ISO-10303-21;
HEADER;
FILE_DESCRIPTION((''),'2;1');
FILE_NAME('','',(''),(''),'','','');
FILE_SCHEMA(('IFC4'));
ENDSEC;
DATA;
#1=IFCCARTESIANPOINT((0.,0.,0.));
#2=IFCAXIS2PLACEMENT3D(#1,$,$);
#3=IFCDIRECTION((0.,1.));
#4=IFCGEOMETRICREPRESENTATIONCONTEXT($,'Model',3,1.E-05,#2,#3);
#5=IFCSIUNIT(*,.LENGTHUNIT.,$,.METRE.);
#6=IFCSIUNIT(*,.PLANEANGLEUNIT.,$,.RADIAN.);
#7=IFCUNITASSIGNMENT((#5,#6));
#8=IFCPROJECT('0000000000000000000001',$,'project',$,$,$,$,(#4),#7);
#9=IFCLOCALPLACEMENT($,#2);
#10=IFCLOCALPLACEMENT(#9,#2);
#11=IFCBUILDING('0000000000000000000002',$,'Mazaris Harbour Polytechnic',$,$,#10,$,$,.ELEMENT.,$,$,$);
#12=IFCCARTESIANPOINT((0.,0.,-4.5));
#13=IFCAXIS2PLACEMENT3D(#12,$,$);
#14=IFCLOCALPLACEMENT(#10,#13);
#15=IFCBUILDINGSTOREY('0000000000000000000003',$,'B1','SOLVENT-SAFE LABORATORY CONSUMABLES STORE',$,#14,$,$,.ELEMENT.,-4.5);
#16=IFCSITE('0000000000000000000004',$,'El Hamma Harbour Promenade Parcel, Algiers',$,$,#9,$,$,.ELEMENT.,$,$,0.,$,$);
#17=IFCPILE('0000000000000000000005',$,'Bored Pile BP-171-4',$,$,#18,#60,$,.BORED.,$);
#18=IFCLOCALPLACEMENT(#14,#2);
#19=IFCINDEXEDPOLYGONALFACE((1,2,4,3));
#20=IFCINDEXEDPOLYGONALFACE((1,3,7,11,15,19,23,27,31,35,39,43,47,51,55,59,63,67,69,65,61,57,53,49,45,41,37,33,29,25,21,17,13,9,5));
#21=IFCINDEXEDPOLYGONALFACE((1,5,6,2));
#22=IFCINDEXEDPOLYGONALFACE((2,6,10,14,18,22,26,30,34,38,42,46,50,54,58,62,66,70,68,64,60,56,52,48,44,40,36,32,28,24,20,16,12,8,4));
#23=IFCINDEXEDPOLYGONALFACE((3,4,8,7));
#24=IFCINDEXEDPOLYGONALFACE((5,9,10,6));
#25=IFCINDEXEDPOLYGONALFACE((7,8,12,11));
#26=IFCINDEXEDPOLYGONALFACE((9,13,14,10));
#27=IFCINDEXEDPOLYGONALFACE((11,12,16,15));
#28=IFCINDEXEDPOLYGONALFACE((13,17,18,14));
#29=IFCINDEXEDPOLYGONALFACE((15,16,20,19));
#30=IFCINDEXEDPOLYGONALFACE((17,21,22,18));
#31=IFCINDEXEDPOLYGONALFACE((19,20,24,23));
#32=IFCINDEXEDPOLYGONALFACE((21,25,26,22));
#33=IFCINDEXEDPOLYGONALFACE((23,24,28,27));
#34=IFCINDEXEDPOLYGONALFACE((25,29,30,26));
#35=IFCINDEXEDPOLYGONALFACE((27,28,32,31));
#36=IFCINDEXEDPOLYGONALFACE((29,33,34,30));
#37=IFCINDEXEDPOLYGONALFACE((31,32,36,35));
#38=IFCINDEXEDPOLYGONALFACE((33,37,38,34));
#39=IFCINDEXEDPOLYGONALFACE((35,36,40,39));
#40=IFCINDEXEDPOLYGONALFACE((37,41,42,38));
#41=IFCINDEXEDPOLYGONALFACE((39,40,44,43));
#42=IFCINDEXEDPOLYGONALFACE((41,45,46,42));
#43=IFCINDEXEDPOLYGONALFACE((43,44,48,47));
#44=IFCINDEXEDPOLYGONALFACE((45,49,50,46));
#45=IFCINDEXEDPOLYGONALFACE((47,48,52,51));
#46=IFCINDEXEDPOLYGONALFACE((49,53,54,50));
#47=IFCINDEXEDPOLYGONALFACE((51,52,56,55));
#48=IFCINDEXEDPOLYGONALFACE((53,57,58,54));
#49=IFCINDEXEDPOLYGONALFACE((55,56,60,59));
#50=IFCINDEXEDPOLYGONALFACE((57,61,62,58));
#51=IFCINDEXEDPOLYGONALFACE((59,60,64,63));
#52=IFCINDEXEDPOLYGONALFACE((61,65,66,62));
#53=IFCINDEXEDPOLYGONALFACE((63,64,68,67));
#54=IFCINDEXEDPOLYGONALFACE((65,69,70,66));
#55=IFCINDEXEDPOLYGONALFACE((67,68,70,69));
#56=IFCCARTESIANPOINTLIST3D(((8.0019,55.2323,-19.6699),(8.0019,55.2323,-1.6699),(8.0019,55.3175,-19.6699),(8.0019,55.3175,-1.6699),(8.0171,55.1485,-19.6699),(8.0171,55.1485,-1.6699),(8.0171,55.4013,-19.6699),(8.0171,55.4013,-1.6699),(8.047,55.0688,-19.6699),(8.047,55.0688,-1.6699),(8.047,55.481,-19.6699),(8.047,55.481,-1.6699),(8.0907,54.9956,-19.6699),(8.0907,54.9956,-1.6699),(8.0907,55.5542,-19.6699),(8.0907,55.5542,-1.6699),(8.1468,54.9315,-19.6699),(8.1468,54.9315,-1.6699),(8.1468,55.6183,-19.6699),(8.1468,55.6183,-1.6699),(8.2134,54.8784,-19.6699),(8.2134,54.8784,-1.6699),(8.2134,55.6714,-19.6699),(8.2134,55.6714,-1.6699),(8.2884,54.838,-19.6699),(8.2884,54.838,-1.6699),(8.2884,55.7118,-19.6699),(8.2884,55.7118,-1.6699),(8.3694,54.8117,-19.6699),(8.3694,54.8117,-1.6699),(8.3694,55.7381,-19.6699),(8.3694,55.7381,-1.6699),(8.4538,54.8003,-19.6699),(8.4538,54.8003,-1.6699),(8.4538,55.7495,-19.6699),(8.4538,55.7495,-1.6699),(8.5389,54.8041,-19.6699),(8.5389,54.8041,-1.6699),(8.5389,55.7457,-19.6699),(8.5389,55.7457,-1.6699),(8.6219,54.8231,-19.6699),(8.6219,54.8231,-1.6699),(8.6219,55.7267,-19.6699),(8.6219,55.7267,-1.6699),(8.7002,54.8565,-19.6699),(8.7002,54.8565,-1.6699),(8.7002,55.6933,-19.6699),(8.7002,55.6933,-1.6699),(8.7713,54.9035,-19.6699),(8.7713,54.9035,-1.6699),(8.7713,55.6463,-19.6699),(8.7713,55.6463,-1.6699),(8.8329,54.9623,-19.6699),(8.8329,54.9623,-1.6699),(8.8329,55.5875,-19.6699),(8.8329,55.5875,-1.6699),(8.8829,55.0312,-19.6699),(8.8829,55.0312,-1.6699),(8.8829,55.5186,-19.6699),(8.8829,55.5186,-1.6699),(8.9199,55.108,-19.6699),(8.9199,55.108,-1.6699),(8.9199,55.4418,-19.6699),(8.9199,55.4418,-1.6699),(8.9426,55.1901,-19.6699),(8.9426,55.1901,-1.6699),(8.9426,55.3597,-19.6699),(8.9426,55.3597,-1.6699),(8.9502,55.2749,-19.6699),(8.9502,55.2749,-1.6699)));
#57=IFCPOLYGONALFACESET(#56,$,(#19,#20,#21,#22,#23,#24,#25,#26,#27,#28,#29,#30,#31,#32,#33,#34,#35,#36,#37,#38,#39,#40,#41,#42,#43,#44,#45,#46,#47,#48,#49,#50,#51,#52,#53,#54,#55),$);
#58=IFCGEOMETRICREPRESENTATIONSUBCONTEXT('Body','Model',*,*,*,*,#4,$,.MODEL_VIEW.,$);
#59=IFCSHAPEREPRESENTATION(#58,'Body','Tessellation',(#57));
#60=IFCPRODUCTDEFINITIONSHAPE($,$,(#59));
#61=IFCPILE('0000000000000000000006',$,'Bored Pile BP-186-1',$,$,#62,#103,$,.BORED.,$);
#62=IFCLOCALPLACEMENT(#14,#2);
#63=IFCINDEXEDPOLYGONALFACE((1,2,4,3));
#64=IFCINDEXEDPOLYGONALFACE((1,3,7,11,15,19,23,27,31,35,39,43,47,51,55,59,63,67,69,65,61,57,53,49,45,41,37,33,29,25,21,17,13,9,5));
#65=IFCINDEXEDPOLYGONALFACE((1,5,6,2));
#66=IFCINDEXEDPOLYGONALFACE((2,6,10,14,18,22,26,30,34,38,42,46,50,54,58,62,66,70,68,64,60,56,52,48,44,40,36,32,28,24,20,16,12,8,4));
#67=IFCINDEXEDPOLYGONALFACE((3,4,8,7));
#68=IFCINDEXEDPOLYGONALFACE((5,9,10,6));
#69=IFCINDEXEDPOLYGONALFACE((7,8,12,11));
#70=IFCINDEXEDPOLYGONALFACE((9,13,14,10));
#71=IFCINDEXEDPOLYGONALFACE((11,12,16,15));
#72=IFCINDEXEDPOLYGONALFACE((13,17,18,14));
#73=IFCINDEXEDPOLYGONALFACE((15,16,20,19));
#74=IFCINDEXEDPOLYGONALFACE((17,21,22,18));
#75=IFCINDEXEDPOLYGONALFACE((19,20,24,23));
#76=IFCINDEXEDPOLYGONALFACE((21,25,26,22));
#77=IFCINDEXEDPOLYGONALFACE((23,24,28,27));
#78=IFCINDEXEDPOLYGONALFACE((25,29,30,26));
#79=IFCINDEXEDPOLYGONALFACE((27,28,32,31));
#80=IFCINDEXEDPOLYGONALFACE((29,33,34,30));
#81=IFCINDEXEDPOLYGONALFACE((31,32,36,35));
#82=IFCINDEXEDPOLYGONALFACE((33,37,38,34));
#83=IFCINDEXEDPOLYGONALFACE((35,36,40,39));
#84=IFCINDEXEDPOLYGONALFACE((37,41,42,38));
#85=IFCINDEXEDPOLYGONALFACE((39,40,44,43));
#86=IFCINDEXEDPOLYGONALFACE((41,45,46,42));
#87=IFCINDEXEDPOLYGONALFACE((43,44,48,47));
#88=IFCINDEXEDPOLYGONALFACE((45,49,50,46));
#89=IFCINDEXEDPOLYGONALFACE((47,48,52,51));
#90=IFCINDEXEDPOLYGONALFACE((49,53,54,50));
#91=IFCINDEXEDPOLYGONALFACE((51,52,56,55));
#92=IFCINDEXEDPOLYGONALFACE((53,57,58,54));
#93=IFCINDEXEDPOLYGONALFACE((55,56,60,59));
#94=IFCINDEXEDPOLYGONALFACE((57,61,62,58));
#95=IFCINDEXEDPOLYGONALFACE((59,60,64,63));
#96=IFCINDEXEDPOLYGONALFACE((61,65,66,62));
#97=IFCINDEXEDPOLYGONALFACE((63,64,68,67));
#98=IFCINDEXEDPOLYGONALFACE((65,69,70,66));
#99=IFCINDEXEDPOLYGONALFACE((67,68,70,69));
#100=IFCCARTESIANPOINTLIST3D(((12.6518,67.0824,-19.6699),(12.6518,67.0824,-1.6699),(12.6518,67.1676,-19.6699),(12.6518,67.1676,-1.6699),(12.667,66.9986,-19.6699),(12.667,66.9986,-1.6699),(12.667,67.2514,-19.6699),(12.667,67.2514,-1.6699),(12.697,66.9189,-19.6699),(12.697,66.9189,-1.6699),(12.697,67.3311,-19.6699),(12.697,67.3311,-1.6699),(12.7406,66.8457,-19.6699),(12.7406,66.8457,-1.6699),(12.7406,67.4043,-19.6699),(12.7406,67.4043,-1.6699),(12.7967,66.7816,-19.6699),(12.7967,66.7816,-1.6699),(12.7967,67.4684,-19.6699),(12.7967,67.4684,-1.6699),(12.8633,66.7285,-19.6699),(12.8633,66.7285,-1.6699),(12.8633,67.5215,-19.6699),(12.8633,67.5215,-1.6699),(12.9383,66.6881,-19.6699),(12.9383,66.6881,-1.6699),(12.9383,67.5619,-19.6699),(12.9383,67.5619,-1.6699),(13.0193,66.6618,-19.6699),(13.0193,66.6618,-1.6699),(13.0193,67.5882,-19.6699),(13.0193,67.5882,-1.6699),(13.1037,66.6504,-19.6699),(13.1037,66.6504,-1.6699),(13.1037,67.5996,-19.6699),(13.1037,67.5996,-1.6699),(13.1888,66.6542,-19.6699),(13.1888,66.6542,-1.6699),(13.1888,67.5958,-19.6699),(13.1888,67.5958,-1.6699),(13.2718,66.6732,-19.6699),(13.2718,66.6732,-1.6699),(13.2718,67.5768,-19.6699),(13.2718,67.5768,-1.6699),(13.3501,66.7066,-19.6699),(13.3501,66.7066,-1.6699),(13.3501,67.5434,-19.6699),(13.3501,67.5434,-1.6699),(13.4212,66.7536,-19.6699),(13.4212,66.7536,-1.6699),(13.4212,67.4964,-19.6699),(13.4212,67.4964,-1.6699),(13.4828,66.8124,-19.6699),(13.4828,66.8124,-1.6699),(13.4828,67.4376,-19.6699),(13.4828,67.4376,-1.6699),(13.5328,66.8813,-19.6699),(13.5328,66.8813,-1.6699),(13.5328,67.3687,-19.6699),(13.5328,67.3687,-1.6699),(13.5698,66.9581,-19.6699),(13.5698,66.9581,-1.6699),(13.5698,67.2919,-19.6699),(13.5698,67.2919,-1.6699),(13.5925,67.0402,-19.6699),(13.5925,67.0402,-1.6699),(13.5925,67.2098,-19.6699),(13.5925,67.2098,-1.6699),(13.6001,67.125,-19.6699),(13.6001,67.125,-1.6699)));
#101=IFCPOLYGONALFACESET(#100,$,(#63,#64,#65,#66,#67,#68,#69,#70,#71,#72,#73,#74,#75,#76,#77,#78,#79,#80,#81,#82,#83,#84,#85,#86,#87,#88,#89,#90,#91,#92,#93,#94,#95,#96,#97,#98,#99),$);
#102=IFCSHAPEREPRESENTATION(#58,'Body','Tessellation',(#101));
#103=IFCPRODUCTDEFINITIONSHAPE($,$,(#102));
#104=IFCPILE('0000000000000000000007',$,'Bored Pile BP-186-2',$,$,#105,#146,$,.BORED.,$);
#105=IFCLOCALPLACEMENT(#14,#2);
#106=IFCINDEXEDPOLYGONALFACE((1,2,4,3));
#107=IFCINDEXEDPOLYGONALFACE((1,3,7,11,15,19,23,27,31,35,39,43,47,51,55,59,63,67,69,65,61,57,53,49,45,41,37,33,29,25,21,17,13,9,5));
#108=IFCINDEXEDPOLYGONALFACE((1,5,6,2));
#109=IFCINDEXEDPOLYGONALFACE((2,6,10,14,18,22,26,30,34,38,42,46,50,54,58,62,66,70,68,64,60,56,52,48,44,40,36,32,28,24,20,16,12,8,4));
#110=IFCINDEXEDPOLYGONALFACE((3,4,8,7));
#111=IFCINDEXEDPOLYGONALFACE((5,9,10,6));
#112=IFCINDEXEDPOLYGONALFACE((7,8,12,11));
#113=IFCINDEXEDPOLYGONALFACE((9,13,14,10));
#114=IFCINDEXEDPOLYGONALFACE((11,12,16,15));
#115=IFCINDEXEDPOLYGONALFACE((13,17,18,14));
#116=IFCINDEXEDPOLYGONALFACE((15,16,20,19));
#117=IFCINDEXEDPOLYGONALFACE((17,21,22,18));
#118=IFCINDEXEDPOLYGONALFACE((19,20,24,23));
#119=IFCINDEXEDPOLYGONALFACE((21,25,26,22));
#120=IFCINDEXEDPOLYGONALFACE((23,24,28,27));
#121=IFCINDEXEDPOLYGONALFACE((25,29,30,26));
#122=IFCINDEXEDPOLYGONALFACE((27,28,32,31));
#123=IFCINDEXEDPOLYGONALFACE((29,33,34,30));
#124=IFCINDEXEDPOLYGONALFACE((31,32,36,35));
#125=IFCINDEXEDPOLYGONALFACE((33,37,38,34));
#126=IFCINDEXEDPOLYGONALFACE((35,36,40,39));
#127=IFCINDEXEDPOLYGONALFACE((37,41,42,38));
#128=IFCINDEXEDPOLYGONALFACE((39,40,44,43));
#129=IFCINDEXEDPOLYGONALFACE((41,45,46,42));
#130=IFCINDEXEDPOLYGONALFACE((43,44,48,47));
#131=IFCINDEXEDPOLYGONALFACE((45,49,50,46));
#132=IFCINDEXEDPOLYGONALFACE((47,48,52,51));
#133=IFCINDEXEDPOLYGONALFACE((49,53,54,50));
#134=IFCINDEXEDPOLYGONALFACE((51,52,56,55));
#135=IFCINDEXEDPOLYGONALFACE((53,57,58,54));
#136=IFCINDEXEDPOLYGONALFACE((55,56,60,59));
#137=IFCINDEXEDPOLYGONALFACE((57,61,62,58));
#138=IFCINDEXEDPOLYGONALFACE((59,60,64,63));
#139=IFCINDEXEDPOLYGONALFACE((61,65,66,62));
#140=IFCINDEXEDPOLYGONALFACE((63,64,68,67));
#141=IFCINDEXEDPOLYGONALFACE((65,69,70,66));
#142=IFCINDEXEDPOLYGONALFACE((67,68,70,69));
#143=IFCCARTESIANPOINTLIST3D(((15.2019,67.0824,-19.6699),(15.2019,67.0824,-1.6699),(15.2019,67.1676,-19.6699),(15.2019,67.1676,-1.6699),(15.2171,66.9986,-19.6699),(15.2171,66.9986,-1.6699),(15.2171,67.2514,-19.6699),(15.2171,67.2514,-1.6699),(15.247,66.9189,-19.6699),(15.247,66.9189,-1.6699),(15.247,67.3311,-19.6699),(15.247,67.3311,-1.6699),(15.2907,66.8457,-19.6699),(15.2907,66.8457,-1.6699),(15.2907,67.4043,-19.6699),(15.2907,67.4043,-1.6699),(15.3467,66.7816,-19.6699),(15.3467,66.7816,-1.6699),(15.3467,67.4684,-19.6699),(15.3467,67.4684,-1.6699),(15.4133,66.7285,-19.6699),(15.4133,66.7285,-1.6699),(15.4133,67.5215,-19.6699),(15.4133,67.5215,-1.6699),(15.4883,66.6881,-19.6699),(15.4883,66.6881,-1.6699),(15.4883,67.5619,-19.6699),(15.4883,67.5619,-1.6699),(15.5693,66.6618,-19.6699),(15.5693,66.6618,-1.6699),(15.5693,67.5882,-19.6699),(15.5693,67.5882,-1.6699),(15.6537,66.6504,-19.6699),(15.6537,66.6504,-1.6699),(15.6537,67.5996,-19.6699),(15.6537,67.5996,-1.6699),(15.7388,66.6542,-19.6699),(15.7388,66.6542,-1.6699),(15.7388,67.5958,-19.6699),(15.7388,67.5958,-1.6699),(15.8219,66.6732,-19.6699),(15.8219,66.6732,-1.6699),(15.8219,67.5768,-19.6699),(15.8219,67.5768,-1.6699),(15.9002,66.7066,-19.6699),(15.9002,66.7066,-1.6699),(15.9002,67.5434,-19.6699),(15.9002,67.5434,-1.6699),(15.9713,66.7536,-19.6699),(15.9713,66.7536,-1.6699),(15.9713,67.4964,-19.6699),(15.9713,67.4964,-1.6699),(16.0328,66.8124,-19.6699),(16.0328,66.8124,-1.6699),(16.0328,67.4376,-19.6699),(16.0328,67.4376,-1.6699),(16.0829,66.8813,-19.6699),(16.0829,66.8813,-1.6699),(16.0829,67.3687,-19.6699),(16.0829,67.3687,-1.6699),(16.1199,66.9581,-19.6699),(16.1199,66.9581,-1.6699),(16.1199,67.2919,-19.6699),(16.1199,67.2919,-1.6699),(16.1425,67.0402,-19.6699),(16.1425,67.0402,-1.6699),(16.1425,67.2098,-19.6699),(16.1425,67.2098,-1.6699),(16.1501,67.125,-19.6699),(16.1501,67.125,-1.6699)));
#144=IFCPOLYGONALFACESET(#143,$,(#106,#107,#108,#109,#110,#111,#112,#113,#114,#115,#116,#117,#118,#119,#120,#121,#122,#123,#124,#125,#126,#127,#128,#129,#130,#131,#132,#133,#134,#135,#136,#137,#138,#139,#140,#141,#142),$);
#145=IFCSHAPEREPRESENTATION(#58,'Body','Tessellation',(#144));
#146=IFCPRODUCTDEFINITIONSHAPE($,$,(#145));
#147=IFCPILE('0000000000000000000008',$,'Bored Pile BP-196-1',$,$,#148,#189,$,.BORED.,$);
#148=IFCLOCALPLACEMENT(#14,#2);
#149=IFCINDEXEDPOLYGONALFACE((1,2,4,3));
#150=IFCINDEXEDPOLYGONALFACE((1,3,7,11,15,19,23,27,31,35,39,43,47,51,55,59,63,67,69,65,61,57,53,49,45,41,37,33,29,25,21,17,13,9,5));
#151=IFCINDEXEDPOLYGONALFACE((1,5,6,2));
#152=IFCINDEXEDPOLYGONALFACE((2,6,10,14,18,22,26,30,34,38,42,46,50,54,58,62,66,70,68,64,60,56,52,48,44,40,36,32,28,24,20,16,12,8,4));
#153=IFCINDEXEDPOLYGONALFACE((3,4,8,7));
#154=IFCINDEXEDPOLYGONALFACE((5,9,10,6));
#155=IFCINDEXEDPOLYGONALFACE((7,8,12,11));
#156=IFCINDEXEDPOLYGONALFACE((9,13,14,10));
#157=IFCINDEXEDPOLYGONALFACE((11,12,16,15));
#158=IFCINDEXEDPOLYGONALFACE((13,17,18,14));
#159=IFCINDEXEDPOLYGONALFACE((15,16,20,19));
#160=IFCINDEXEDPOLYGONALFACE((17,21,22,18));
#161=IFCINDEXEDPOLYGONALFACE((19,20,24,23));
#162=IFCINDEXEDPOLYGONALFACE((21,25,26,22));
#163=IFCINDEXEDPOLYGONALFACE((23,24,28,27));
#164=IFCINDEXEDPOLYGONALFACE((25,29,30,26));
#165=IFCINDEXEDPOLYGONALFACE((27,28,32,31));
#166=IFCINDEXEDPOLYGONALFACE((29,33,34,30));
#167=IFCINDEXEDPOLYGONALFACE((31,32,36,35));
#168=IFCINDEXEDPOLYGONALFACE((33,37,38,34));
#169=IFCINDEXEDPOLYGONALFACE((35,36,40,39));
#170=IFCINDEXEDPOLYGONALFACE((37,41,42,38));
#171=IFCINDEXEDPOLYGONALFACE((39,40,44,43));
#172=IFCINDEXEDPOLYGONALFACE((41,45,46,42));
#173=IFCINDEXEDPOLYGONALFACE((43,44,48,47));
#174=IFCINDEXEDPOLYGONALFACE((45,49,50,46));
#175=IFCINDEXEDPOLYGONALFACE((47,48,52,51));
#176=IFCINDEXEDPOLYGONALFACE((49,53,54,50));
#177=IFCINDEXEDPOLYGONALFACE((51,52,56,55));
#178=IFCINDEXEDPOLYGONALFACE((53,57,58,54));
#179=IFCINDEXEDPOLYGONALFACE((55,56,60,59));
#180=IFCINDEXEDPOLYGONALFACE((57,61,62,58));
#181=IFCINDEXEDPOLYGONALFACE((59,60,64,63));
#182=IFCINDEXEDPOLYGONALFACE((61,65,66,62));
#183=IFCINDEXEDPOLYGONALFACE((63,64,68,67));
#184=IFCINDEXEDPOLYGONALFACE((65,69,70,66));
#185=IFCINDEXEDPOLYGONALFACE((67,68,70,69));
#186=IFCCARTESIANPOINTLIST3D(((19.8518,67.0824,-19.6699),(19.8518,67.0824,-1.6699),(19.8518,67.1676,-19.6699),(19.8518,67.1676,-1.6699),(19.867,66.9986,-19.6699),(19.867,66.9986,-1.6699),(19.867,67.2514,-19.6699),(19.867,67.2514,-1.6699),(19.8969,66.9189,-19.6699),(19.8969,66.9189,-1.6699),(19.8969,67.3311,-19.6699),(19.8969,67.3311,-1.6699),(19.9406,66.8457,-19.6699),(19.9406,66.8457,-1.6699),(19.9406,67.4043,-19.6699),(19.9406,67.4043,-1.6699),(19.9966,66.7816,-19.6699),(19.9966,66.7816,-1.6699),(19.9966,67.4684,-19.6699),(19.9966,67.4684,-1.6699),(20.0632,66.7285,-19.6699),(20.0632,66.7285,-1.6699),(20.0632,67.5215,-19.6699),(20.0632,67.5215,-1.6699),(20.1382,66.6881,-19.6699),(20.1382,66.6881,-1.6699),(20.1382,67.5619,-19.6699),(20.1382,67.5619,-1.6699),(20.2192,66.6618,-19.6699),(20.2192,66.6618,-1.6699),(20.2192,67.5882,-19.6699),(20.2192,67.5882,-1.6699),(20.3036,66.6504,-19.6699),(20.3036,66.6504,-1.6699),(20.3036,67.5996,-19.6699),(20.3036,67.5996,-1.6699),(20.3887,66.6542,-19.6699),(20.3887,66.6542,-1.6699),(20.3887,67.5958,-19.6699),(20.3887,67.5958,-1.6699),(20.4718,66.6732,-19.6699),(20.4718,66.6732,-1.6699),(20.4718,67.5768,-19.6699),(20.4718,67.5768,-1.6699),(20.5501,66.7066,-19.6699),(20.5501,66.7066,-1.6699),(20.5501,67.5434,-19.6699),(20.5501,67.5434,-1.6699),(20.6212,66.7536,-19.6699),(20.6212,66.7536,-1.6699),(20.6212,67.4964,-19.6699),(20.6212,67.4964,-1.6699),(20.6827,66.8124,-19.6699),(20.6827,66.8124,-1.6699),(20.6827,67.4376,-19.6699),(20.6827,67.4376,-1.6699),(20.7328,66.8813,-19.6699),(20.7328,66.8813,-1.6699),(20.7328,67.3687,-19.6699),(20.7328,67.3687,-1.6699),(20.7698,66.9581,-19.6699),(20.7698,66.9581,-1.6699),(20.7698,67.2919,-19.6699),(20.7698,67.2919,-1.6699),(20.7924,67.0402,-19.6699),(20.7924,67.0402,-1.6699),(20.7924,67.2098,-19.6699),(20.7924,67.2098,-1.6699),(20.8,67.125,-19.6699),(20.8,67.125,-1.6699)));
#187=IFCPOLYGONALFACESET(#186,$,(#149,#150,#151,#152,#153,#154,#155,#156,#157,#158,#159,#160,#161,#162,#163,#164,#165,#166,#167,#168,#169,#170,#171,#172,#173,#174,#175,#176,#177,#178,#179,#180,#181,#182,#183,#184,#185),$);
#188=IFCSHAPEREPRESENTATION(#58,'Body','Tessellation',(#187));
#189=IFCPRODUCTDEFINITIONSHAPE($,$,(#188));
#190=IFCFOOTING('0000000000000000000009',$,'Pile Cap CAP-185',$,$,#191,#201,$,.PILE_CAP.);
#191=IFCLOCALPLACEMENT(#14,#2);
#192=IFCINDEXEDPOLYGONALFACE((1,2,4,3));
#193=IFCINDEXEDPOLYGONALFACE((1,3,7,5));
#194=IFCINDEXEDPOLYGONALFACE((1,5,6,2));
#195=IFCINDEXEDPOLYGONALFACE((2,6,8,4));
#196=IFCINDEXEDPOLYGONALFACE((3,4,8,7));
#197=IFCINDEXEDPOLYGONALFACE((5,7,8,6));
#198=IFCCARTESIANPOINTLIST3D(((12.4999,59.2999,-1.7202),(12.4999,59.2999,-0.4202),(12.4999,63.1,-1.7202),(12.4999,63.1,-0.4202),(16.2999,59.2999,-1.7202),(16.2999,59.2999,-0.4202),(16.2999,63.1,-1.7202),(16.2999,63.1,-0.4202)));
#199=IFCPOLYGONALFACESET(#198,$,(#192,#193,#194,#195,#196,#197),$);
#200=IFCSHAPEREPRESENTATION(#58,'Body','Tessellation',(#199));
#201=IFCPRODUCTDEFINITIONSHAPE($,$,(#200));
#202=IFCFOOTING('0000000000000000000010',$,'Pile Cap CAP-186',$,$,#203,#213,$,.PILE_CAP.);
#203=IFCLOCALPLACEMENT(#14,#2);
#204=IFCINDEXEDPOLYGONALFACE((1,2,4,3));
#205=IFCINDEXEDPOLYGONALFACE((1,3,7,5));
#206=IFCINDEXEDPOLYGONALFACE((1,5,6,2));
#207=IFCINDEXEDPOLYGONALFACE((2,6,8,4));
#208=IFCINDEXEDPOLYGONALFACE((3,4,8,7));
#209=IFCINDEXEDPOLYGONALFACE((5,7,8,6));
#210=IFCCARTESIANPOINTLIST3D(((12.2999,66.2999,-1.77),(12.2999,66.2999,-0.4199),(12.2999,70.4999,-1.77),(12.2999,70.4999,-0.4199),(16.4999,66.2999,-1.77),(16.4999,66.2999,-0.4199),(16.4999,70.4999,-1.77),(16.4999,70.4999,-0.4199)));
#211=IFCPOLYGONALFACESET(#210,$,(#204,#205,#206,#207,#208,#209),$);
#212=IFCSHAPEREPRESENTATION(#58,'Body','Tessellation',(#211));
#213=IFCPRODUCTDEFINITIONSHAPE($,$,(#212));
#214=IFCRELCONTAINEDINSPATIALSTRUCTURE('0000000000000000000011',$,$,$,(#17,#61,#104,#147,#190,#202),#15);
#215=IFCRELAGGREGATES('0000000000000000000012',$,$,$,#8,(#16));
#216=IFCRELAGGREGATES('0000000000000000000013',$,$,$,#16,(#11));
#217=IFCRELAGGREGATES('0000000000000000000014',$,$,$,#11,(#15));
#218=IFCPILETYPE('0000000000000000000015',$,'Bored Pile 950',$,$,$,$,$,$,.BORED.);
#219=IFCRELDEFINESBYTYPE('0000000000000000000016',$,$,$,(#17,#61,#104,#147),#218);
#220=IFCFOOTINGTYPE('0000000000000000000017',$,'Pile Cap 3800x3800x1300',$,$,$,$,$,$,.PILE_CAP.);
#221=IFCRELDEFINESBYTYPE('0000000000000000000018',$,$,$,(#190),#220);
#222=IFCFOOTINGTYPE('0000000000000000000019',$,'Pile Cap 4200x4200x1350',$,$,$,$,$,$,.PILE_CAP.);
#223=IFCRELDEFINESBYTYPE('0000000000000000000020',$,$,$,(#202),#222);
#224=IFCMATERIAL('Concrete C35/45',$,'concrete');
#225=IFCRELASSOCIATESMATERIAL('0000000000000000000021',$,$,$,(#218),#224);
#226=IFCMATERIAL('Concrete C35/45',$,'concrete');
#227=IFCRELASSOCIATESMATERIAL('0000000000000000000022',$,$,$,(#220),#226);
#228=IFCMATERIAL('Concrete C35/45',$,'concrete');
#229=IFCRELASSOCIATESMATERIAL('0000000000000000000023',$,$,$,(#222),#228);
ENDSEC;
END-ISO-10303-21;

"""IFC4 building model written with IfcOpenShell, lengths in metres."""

from ifc_helpers import new_model, si_unit, direction, frame, origin, origin_2d, place, context, subcontext, project, spatial, rectangle, circle, extrude, material, material_profile, profile_set, type_object, element, save


model = new_model("IFC4")

# Units and contexts
model_context = context("Model", 3, precision=1e-05, world=origin(), true_north=direction((0.0, 1.0)))
body_context = subcontext(model_context, "Body", "Model", "MODEL_VIEW")
ifc_project = project(units=[si_unit("LENGTHUNIT", "METRE"), si_unit("PLANEANGLEUNIT", "RADIAN")], contexts=[model_context])

# Site, building, storey
site_placement = place(None, origin())
site = spatial("IfcSite", under=ifc_project, at=site_placement, Name="El Hamma Harbour Promenade Parcel, Algiers", CompositionType="ELEMENT", RefElevation=0.0)
building_placement = place(site_placement, origin())
building = spatial("IfcBuilding", under=site, at=building_placement, Name="Mazaris Harbour Polytechnic", CompositionType="ELEMENT")
storey_placement = place(building_placement, frame((0.0, 0.0, -4.5)))
storey = spatial("IfcBuildingStorey", under=building, at=storey_placement, Name="B1", Description="SOLVENT-SAFE LABORATORY CONSUMABLES STORE", CompositionType="ELEMENT", Elevation=-4.5)

# Piles
ifc_material_1 = material(Name="Concrete C35/45", Category="concrete")
ifc_material_profile_1 = material_profile(ifc_material_1, circle(Radius=0.4751, at=origin_2d()), Name="DIA950")
ifc_profile_set_1 = profile_set([ifc_material_profile_1], Name="Concrete C35/45")
pile_type_1 = type_object("IfcPileType", Name="Bored Pile 950", PredefinedType="BORED", material=ifc_profile_set_1)
for number, where, z_axis, x_axis, name in (
    (1, (8.4751, 55.2749, -1.6699), (0.0, 0.0, -1.0), (1.0, 0.0, 0.0), "Bored Pile BP-171-4"),
    (2, (13.125, 67.125, -1.6699), (0.0, 0.0, -1.0), (1.0, 0.0, 0.0), "Bored Pile BP-186-1"),
    (3, (15.675, 67.125, -1.6699), (0.0, 0.0, -1.0), (1.0, 0.0, 0.0), "Bored Pile BP-186-2"),
    (4, (20.325, 67.125, -1.6699), (0.0, 0.0, -1.0), (1.0, 0.0, 0.0), "Bored Pile BP-196-1"),
):
    element("IfcPile", number, at=place(storey_placement, frame(where, z_axis=z_axis, x_axis=x_axis)), inside=storey, type_object=pile_type_1, Name=name, PredefinedType="BORED", context=body_context, shape_type="SweptSolid", body=[
        extrude(circle(Radius=0.4751, at=origin_2d()), origin(), (0.0, 0.0, 1.0), 18.0),
    ])

# Footings
ifc_material_2 = material(Name="Concrete C35/45", Category="concrete")
footing_type_1 = type_object("IfcFootingType", Name="Pile Cap 3800x3800x1300", PredefinedType="PILE_CAP", material=ifc_material_2)
footing_1_placement = place(storey_placement, frame((14.3999, 61.2, -1.7202), z_axis=(0.0, 0.0, 1.0), x_axis=(1.0, 0.0, 0.0)))
element("IfcFooting", 5, at=footing_1_placement, inside=storey, type_object=footing_type_1, Name="Pile Cap CAP-185", PredefinedType="PILE_CAP", context=body_context, shape_type="SweptSolid", body=[
    extrude(rectangle(XDim=3.8, YDim=3.8, at=origin_2d()), origin(), (0.0, 0.0, 1.0), 1.3),
])
ifc_material_3 = material(Name="Concrete C35/45", Category="concrete")
footing_type_2 = type_object("IfcFootingType", Name="Pile Cap 4200x4200x1350", PredefinedType="PILE_CAP", material=ifc_material_3)
footing_2_placement = place(storey_placement, frame((14.3999, 68.3999, -1.77), z_axis=(0.0, 0.0, 1.0), x_axis=(1.0, 0.0, 0.0)))
element("IfcFooting", 6, at=footing_2_placement, inside=storey, type_object=footing_type_2, Name="Pile Cap CAP-186", PredefinedType="PILE_CAP", context=body_context, shape_type="SweptSolid", body=[
    extrude(rectangle(XDim=4.2, YDim=4.2, at=origin_2d()), origin(), (0.0, 0.0, 1.0), 1.3501),
])

save(model, "model.ifc")
